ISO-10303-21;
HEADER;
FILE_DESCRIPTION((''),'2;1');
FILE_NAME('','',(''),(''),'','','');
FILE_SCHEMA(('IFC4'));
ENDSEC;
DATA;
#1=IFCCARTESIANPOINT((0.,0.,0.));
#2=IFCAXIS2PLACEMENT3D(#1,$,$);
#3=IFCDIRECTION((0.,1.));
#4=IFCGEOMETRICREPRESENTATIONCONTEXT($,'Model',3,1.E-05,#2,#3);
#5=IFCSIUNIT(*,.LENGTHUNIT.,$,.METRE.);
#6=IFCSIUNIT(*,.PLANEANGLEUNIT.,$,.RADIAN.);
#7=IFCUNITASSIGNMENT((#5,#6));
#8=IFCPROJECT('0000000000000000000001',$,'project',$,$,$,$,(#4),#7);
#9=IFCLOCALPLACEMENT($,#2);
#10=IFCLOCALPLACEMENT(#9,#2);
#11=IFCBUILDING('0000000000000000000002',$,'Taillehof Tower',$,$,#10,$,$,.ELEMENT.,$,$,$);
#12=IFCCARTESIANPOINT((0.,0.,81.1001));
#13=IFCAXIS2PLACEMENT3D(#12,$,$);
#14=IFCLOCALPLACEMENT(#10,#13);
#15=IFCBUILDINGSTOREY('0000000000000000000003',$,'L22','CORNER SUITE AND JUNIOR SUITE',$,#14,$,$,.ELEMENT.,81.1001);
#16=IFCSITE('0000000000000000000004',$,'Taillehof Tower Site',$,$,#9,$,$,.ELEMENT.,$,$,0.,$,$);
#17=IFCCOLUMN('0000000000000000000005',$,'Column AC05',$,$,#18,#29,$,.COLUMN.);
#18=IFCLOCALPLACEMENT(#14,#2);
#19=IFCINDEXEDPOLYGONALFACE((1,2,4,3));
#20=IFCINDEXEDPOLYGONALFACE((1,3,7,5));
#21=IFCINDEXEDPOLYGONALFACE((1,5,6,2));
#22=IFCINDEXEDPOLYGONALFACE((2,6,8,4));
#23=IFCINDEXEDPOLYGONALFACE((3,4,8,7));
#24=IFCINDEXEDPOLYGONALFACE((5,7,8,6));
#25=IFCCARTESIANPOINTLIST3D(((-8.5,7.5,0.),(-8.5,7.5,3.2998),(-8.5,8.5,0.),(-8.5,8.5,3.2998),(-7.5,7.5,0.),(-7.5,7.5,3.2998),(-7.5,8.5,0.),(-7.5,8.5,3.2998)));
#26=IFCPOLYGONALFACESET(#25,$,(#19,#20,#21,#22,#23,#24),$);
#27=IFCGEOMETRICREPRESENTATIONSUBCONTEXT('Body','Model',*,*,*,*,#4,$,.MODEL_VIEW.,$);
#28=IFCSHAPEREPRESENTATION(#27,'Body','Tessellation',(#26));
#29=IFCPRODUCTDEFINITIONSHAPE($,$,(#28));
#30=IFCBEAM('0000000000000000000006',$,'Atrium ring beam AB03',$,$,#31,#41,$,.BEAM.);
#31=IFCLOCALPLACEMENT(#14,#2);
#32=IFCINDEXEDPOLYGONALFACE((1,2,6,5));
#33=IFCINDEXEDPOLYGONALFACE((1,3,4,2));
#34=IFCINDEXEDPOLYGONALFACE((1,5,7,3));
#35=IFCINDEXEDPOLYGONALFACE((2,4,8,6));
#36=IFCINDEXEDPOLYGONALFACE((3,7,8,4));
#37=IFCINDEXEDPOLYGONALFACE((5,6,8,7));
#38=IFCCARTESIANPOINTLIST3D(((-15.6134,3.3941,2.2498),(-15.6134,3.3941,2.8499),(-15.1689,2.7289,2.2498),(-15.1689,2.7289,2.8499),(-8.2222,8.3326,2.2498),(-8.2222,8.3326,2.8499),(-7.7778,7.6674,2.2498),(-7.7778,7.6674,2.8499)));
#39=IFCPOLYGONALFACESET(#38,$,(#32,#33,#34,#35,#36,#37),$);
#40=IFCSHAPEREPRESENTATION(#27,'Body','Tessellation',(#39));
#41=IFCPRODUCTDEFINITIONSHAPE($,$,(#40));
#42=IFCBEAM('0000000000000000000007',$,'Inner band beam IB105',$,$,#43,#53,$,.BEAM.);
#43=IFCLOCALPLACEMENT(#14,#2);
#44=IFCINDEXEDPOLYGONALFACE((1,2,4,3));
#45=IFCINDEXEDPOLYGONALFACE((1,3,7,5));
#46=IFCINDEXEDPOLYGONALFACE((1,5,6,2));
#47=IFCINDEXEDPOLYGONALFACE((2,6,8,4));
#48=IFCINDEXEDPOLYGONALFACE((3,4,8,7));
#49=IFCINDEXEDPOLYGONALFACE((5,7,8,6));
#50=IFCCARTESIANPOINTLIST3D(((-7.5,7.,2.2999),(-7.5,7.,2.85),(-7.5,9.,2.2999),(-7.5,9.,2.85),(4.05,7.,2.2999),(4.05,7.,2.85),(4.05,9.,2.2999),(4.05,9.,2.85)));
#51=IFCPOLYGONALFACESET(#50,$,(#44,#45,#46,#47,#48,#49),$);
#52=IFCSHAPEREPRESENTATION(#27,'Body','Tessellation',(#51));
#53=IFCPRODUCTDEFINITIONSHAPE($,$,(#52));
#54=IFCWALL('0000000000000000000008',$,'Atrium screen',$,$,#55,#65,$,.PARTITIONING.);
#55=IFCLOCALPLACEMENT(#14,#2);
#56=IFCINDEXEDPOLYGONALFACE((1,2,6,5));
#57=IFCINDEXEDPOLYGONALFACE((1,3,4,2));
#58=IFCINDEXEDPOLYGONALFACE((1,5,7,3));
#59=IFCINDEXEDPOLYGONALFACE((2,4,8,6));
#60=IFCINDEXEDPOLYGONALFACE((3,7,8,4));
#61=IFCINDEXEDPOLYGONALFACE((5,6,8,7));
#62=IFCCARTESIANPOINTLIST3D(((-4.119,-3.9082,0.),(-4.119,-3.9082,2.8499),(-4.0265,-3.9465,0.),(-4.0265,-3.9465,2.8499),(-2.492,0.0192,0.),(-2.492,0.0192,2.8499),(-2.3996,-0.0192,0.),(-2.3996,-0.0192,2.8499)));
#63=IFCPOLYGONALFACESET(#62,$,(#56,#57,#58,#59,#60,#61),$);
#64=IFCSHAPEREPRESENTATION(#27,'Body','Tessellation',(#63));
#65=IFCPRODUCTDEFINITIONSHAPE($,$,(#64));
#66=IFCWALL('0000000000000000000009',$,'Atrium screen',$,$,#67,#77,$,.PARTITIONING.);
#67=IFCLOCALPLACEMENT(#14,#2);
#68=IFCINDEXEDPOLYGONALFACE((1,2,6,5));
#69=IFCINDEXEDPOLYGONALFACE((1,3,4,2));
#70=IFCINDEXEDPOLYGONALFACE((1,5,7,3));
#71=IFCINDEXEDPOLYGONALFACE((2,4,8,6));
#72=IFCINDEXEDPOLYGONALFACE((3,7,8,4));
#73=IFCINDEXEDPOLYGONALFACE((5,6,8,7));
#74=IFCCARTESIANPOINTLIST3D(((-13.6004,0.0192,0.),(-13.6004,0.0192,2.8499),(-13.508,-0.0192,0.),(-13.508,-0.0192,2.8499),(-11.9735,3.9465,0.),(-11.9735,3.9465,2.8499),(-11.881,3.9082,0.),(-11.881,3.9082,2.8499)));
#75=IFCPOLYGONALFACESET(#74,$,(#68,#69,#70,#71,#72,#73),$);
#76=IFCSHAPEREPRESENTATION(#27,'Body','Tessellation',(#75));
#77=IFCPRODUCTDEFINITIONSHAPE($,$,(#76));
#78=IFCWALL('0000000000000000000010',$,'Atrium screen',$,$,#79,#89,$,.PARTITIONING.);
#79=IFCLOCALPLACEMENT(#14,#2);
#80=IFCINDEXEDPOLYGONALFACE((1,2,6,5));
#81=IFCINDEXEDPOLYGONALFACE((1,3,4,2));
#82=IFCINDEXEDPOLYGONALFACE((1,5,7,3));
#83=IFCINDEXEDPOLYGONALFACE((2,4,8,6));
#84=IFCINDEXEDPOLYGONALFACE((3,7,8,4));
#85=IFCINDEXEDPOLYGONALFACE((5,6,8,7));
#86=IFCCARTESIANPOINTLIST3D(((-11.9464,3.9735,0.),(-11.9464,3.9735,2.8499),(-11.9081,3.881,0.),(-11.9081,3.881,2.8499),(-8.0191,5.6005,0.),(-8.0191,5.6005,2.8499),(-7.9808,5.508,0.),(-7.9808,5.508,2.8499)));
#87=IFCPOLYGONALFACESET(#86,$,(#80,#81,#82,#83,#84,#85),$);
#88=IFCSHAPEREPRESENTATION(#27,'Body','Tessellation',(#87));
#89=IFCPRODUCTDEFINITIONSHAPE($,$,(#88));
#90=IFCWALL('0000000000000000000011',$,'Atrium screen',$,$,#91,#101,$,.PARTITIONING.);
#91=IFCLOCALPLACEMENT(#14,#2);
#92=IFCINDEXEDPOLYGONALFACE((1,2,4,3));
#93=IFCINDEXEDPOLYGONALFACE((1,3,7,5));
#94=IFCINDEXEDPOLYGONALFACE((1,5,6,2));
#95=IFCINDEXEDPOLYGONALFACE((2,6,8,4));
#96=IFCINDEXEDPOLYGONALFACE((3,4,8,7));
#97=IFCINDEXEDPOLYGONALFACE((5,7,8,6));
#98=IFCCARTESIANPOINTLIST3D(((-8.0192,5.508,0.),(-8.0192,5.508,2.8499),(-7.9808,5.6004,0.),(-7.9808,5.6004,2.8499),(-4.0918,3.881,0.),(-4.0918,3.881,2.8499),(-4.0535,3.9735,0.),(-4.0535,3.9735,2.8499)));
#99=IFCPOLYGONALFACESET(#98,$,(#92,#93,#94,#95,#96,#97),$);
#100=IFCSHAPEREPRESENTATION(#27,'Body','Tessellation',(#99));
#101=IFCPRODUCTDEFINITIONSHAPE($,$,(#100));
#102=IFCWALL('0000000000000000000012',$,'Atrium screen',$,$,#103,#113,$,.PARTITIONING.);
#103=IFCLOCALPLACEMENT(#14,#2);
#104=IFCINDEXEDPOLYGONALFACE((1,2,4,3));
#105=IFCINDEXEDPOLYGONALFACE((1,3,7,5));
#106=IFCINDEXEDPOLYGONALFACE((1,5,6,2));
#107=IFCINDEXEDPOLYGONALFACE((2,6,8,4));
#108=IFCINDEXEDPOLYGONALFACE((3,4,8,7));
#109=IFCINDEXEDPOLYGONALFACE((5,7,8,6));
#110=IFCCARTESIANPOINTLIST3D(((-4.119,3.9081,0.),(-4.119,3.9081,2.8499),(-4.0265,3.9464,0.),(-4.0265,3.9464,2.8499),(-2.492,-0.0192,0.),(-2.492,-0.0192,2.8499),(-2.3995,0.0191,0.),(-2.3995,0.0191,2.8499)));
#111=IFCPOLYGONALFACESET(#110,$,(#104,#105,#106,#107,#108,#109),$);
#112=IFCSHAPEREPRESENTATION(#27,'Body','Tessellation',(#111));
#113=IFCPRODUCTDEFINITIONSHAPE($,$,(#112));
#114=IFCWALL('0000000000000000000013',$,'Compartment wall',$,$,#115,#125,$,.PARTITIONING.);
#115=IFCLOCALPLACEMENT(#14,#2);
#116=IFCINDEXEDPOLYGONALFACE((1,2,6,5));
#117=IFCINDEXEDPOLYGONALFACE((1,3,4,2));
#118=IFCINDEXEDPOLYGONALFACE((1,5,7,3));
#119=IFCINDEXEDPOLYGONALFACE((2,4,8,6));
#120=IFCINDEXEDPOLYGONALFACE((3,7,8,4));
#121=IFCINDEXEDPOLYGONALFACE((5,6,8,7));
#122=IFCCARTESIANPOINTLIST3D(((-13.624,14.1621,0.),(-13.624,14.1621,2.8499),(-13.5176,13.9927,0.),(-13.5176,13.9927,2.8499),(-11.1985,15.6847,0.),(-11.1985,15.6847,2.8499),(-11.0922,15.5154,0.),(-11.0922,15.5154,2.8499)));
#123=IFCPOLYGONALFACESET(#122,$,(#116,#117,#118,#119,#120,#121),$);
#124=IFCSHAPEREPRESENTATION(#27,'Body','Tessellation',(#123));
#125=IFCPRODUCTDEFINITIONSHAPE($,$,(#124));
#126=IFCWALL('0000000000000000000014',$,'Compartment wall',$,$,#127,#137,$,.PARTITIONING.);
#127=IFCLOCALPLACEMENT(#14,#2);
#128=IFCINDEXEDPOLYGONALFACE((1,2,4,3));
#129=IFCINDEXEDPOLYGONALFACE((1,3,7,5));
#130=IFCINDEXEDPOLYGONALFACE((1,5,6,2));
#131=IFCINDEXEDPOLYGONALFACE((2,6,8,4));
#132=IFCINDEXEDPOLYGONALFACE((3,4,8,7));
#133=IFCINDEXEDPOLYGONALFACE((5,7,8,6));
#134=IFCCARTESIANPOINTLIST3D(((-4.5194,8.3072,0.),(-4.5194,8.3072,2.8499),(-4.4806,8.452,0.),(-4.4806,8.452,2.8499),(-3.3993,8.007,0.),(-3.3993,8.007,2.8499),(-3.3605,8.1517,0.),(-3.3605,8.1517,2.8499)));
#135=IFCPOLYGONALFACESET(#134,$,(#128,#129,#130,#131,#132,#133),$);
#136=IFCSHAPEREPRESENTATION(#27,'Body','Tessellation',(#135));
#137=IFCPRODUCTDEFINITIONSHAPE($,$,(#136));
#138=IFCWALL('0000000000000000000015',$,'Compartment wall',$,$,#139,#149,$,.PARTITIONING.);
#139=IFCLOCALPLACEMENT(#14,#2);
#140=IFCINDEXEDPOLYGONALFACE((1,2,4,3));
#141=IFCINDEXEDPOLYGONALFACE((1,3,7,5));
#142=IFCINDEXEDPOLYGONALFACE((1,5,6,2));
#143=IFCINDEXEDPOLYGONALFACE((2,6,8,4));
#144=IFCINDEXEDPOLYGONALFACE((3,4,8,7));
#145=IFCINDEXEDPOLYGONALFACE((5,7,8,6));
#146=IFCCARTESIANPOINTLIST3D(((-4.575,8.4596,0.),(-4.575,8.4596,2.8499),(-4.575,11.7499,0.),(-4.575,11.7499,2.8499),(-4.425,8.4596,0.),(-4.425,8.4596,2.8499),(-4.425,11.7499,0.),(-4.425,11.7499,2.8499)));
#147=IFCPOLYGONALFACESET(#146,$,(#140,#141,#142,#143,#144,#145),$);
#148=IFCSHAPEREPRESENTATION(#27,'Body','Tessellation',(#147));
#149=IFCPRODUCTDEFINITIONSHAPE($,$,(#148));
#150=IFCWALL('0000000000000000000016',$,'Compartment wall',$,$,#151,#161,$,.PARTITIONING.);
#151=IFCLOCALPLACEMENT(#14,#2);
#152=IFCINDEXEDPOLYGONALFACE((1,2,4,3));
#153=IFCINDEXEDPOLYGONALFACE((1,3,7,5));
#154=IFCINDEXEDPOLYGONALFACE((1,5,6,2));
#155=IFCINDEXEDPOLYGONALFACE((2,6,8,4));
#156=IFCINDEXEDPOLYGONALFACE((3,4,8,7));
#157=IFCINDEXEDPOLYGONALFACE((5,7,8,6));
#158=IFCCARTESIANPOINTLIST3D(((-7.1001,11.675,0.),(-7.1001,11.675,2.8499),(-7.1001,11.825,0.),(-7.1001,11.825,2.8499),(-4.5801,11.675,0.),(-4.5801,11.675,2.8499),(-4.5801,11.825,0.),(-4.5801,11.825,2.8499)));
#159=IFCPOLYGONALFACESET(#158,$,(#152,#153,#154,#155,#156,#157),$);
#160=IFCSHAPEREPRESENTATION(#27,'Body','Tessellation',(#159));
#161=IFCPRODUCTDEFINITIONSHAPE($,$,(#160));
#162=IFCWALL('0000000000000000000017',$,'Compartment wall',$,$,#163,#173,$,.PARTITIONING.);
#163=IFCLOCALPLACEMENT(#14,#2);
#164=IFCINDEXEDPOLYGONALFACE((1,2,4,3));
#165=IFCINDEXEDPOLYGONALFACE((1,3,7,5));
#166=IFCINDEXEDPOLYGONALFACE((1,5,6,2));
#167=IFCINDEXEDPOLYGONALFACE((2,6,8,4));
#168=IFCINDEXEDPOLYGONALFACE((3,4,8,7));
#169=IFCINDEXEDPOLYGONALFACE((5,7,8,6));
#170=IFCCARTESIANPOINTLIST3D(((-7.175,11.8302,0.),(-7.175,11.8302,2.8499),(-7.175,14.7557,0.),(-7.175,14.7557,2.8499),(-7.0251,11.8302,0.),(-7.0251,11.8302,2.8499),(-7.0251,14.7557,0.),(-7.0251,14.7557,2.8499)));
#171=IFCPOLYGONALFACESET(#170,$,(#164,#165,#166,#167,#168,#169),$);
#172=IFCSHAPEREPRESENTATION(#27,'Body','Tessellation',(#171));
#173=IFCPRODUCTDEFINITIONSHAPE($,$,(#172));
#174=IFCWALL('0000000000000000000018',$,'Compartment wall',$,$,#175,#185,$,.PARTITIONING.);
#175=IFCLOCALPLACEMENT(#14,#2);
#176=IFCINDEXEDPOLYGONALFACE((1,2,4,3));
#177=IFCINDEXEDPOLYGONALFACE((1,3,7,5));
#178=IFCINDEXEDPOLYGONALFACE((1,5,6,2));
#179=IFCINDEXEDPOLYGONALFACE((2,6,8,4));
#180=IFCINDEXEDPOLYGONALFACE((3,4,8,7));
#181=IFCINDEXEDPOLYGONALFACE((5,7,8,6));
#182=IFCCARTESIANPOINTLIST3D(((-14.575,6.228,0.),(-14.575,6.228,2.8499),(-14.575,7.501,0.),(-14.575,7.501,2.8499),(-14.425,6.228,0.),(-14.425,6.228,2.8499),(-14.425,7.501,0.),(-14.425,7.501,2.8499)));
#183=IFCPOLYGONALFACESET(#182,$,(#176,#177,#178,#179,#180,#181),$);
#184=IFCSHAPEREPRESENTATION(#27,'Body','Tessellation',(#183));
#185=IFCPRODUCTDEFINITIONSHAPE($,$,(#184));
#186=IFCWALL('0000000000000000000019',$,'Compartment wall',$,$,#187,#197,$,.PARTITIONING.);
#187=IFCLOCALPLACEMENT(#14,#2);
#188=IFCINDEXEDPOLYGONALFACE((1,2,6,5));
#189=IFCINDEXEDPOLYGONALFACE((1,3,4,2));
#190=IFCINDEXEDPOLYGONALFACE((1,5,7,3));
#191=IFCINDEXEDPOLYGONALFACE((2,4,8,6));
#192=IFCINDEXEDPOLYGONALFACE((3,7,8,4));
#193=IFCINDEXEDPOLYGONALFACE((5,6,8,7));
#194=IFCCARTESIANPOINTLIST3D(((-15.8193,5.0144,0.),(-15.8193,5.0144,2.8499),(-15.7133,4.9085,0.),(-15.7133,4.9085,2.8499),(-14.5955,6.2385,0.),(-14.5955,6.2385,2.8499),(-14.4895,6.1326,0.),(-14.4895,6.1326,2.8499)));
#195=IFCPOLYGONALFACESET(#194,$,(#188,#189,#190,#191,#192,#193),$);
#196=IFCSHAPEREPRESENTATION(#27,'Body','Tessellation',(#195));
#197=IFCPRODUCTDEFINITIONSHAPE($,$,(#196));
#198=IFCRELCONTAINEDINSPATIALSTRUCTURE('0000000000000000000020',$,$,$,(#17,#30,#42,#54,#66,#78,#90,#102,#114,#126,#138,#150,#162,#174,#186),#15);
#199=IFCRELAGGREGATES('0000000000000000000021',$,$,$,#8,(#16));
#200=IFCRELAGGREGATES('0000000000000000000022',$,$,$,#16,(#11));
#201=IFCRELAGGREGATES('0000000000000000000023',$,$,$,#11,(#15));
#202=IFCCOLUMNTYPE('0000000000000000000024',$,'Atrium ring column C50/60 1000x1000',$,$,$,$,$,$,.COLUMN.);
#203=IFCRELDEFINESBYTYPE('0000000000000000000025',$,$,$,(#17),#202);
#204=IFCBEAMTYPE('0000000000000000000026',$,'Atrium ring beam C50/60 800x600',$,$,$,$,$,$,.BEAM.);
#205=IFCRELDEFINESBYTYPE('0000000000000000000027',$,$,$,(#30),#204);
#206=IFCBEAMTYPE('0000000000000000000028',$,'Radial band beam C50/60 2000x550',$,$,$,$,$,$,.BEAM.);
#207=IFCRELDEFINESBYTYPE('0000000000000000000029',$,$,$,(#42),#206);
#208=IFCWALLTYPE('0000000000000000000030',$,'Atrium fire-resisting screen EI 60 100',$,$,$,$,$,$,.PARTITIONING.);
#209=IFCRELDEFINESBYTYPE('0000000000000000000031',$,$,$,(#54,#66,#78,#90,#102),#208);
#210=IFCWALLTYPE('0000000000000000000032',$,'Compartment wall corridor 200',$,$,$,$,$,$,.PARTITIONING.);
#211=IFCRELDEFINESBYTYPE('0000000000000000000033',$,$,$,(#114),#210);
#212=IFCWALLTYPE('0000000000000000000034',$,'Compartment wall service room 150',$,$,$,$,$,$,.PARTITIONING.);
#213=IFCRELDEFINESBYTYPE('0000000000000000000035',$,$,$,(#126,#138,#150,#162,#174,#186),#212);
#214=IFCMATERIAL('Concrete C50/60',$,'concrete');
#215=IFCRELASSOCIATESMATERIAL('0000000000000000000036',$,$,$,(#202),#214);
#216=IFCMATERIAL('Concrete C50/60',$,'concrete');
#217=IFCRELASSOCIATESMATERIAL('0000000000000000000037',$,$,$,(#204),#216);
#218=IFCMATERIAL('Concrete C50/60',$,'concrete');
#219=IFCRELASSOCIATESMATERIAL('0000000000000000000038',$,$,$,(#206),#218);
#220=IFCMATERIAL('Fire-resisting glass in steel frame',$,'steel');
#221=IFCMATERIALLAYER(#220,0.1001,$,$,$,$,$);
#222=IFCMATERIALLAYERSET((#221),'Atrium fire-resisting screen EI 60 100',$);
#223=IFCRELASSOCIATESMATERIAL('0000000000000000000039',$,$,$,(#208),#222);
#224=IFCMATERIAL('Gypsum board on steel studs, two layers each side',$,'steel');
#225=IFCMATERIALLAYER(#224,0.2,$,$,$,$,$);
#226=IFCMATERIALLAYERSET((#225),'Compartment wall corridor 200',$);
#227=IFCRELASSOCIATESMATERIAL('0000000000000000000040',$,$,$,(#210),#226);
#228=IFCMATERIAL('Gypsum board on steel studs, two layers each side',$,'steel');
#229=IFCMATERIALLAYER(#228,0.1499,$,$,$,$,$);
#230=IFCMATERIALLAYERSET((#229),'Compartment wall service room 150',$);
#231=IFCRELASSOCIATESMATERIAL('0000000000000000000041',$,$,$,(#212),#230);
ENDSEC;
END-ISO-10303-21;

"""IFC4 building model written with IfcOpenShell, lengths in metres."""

from ifc_helpers import new_model, si_unit, direction, frame, frame_2d, origin, origin_2d, place, context, subcontext, project, spatial, rectangle, extrude, material, layer, layer_set, material_profile, profile_set, type_object, element, save


model = new_model("IFC4")

# Units and contexts
model_context = context("Model", 3, precision=1e-05, world=origin(), true_north=direction((0.0, 1.0)))
body_context = subcontext(model_context, "Body", "Model", "MODEL_VIEW")
ifc_project = project(units=[si_unit("LENGTHUNIT", "METRE"), si_unit("PLANEANGLEUNIT", "RADIAN")], contexts=[model_context])

# Site, building, storey
site_placement = place(None, origin())
site = spatial("IfcSite", under=ifc_project, at=site_placement, Name="Taillehof Tower Site", CompositionType="ELEMENT", RefElevation=0.0)
building_placement = place(site_placement, origin())
building = spatial("IfcBuilding", under=site, at=building_placement, Name="Taillehof Tower", CompositionType="ELEMENT")
storey_placement = place(building_placement, frame((0.0, 0.0, 81.1001)))
storey = spatial("IfcBuildingStorey", under=building, at=storey_placement, Name="L22", Description="CORNER SUITE AND JUNIOR SUITE", CompositionType="ELEMENT", Elevation=81.1001)

# Column
ifc_material_1 = material(Name="Concrete C50/60", Category="concrete")
ifc_material_profile_1 = material_profile(ifc_material_1, rectangle(XDim=1.0, YDim=1.0, at=origin_2d()), Name="RC 1000x1000")
ifc_profile_set_1 = profile_set([ifc_material_profile_1], Name="Concrete C50/60")
column_type = type_object("IfcColumnType", Name="Atrium ring column C50/60 1000x1000", PredefinedType="COLUMN", material=ifc_profile_set_1)
column_placement = place(storey_placement, frame((-8.0, 8.0, 0.0), z_axis=(0.0, 0.0, 1.0), x_axis=(1.0, 0.0, 0.0)))
element("IfcColumn", 1, at=column_placement, inside=storey, type_object=column_type, Name="Column AC05", PredefinedType="COLUMN", context=body_context, shape_type="SweptSolid", body=[
    extrude(rectangle(XDim=1.0, YDim=1.0, at=origin_2d()), origin(), (0.0, 0.0, 1.0), 3.2998),
])

# Beams
ifc_material_2 = material(Name="Concrete C50/60", Category="concrete")
ifc_material_profile_2 = material_profile(ifc_material_2, rectangle(XDim=0.8, YDim=0.6001, at=origin_2d()), Name="RC 800x600")
ifc_profile_set_2 = profile_set([ifc_material_profile_2], Name="Concrete C50/60")
beam_type_1 = type_object("IfcBeamType", Name="Atrium ring beam C50/60 800x600", PredefinedType="BEAM", material=ifc_profile_set_2)
beam_1_placement = place(storey_placement, frame((-8.0, 8.0, 2.5498), z_axis=(-0.831475, -0.555562, 0.0), x_axis=(0.555562, -0.831475, 0.0)))
element("IfcBeam", 2, at=beam_1_placement, inside=storey, type_object=beam_type_1, Name="Atrium ring beam AB03", PredefinedType="BEAM", context=body_context, shape_type="SweptSolid", body=[
    extrude(rectangle(XDim=0.8, YDim=0.6001, at=origin_2d()), origin(), (0.0, 0.0, 1.0), 8.8892),
])
ifc_material_3 = material(Name="Concrete C50/60", Category="concrete")
ifc_material_profile_3 = material_profile(ifc_material_3, rectangle(XDim=2.0, YDim=0.55, at=origin_2d()), Name="RC 2000x550")
ifc_profile_set_3 = profile_set([ifc_material_profile_3], Name="Concrete C50/60")
beam_type_2 = type_object("IfcBeamType", Name="Radial band beam C50/60 2000x550", PredefinedType="BEAM", material=ifc_profile_set_3)
beam_2_placement = place(storey_placement, frame((-7.5, 8.0, 2.575), z_axis=(1.0, 0.0, 0.0), x_axis=(0.0, 1.0, 0.0)))
element("IfcBeam", 3, at=beam_2_placement, inside=storey, type_object=beam_type_2, Name="Inner band beam IB105", PredefinedType="BEAM", context=body_context, shape_type="SweptSolid", body=[
    extrude(rectangle(XDim=2.0, YDim=0.55, at=origin_2d()), origin(), (0.0, 0.0, 1.0), 11.55),
])

# Walls
ifc_material_4 = material(Name="Fire-resisting glass in steel frame", Category="steel")
ifc_layer_1 = layer(ifc_material_4, 0.1001)
ifc_layer_set_1 = layer_set([ifc_layer_1], Name="Atrium fire-resisting screen EI 60 100")
wall_type_1 = type_object("IfcWallType", Name="Atrium fire-resisting screen EI 60 100", PredefinedType="PARTITIONING", material=ifc_layer_set_1)
for number, where, z_axis, x_axis, name in (
    (4, (-2.4458, 0.0, 0.0), (0.0, 0.0, 1.0), (-0.382731, -0.92386, 0.0), "Atrium screen"),
    (5, (-13.5542, 0.0, 0.0), (0.0, 0.0, 1.0), (0.382731, 0.92386, 0.0), "Atrium screen"),
    (6, (-11.9272, 3.9272, 0.0), (0.0, 0.0, 1.0), (0.92386, 0.382731, 0.0), "Atrium screen"),
    (7, (-8.0, 5.5542, 0.0), (0.0, 0.0, 1.0), (0.92386, -0.382731, 0.0), "Atrium screen"),
    (8, (-4.0728, 3.9272, 0.0), (0.0, 0.0, 1.0), (0.382731, -0.92386, 0.0), "Atrium screen"),
):
    element("IfcWall", number, at=place(storey_placement, frame(where, z_axis=z_axis, x_axis=x_axis)), inside=storey, type_object=wall_type_1, Name=name, PredefinedType="PARTITIONING", context=body_context, shape_type="SweptSolid", body=[
        extrude(rectangle(XDim=4.251, YDim=0.1001, at=frame_2d((2.1255, 0.0))), origin(), (0.0, 0.0, 1.0), 2.8499),
    ])
ifc_material_5 = material(Name="Gypsum board on steel studs, two layers each side", Category="steel")
ifc_layer_2 = layer(ifc_material_5, 0.2)
ifc_layer_set_2 = layer_set([ifc_layer_2], Name="Compartment wall corridor 200")
wall_type_2 = type_object("IfcWallType", Name="Compartment wall corridor 200", PredefinedType="PARTITIONING", material=ifc_layer_set_2)
wall_1_placement = place(storey_placement, frame((-13.5708, 14.0774, 0.0), z_axis=(0.0, 0.0, 1.0), x_axis=(0.846938, 0.531691, 0.0)))
element("IfcWall", 9, at=wall_1_placement, inside=storey, type_object=wall_type_2, Name="Compartment wall", PredefinedType="PARTITIONING", context=body_context, shape_type="SweptSolid", body=[
    extrude(rectangle(XDim=2.8638, YDim=0.2, at=frame_2d((1.4319, 0.0))), origin(), (0.0, 0.0, 1.0), 2.8499),
])
ifc_material_6 = material(Name="Gypsum board on steel studs, two layers each side", Category="steel")
ifc_layer_3 = layer(ifc_material_6, 0.1499)
ifc_layer_set_3 = layer_set([ifc_layer_3], Name="Compartment wall service room 150")
wall_type_3 = type_object("IfcWallType", Name="Compartment wall service room 150", PredefinedType="PARTITIONING", material=ifc_layer_set_3)
wall_2_placement = place(storey_placement, frame((-3.3799, 8.0793, 0.0), z_axis=(0.0, 0.0, 1.0), x_axis=(-0.965892, 0.258947, 0.0)))
element("IfcWall", 10, at=wall_2_placement, inside=storey, type_object=wall_type_3, Name="Compartment wall", PredefinedType="PARTITIONING", context=body_context, shape_type="SweptSolid", body=[
    extrude(rectangle(XDim=1.1597, YDim=0.1499, at=frame_2d((0.5798, 0.0))), origin(), (0.0, 0.0, 1.0), 2.8499),
])
wall_3_placement = place(storey_placement, frame((-4.5, 8.4597, 0.0), z_axis=(0.0, 0.0, 1.0), x_axis=(0.0, 1.0, 0.0)))
element("IfcWall", 11, at=wall_3_placement, inside=storey, type_object=wall_type_3, Name="Compartment wall", PredefinedType="PARTITIONING", context=body_context, shape_type="SweptSolid", body=[
    extrude(rectangle(XDim=3.2903, YDim=0.1499, at=frame_2d((1.645, 0.0))), origin(), (0.0, 0.0, 1.0), 2.8499),
])
wall_4_placement = place(storey_placement, frame((-4.5801, 11.75, 0.0), z_axis=(0.0, 0.0, 1.0), x_axis=(-1.0, 0.0, 0.0)))
element("IfcWall", 12, at=wall_4_placement, inside=storey, type_object=wall_type_3, Name="Compartment wall", PredefinedType="PARTITIONING", context=body_context, shape_type="SweptSolid", body=[
    extrude(rectangle(XDim=2.52, YDim=0.1499, at=frame_2d((1.26, 0.0))), origin(), (0.0, 0.0, 1.0), 2.8499),
])
wall_5_placement = place(storey_placement, frame((-7.1001, 11.8301, 0.0), z_axis=(0.0, 0.0, 1.0), x_axis=(0.0, 1.0, 0.0)))
element("IfcWall", 13, at=wall_5_placement, inside=storey, type_object=wall_type_3, Name="Compartment wall", PredefinedType="PARTITIONING", context=body_context, shape_type="SweptSolid", body=[
    extrude(rectangle(XDim=2.9255, YDim=0.1499, at=frame_2d((1.4629, 0.0))), origin(), (0.0, 0.0, 1.0), 2.8499),
])
wall_6_placement = place(storey_placement, frame((-14.5, 7.501, 0.0), z_axis=(0.0, 0.0, 1.0), x_axis=(0.0, -1.0, 0.0)))
element("IfcWall", 14, at=wall_6_placement, inside=storey, type_object=wall_type_3, Name="Compartment wall", PredefinedType="PARTITIONING", context=body_context, shape_type="SweptSolid", body=[
    extrude(rectangle(XDim=1.2729, YDim=0.1499, at=frame_2d((0.6365, 0.0))), origin(), (0.0, 0.0, 1.0), 2.8499),
])
wall_7_placement = place(storey_placement, frame((-14.5425, 6.1855, 0.0), z_axis=(0.0, 0.0, 1.0), x_axis=(-0.707036, -0.707177, 0.0)))
element("IfcWall", 15, at=wall_7_placement, inside=storey, type_object=wall_type_3, Name="Compartment wall", PredefinedType="PARTITIONING", context=body_context, shape_type="SweptSolid", body=[
    extrude(rectangle(XDim=1.731, YDim=0.1499, at=frame_2d((0.8655, 0.0))), origin(), (0.0, 0.0, 1.0), 2.8499),
])

save(model, "model.ifc")
